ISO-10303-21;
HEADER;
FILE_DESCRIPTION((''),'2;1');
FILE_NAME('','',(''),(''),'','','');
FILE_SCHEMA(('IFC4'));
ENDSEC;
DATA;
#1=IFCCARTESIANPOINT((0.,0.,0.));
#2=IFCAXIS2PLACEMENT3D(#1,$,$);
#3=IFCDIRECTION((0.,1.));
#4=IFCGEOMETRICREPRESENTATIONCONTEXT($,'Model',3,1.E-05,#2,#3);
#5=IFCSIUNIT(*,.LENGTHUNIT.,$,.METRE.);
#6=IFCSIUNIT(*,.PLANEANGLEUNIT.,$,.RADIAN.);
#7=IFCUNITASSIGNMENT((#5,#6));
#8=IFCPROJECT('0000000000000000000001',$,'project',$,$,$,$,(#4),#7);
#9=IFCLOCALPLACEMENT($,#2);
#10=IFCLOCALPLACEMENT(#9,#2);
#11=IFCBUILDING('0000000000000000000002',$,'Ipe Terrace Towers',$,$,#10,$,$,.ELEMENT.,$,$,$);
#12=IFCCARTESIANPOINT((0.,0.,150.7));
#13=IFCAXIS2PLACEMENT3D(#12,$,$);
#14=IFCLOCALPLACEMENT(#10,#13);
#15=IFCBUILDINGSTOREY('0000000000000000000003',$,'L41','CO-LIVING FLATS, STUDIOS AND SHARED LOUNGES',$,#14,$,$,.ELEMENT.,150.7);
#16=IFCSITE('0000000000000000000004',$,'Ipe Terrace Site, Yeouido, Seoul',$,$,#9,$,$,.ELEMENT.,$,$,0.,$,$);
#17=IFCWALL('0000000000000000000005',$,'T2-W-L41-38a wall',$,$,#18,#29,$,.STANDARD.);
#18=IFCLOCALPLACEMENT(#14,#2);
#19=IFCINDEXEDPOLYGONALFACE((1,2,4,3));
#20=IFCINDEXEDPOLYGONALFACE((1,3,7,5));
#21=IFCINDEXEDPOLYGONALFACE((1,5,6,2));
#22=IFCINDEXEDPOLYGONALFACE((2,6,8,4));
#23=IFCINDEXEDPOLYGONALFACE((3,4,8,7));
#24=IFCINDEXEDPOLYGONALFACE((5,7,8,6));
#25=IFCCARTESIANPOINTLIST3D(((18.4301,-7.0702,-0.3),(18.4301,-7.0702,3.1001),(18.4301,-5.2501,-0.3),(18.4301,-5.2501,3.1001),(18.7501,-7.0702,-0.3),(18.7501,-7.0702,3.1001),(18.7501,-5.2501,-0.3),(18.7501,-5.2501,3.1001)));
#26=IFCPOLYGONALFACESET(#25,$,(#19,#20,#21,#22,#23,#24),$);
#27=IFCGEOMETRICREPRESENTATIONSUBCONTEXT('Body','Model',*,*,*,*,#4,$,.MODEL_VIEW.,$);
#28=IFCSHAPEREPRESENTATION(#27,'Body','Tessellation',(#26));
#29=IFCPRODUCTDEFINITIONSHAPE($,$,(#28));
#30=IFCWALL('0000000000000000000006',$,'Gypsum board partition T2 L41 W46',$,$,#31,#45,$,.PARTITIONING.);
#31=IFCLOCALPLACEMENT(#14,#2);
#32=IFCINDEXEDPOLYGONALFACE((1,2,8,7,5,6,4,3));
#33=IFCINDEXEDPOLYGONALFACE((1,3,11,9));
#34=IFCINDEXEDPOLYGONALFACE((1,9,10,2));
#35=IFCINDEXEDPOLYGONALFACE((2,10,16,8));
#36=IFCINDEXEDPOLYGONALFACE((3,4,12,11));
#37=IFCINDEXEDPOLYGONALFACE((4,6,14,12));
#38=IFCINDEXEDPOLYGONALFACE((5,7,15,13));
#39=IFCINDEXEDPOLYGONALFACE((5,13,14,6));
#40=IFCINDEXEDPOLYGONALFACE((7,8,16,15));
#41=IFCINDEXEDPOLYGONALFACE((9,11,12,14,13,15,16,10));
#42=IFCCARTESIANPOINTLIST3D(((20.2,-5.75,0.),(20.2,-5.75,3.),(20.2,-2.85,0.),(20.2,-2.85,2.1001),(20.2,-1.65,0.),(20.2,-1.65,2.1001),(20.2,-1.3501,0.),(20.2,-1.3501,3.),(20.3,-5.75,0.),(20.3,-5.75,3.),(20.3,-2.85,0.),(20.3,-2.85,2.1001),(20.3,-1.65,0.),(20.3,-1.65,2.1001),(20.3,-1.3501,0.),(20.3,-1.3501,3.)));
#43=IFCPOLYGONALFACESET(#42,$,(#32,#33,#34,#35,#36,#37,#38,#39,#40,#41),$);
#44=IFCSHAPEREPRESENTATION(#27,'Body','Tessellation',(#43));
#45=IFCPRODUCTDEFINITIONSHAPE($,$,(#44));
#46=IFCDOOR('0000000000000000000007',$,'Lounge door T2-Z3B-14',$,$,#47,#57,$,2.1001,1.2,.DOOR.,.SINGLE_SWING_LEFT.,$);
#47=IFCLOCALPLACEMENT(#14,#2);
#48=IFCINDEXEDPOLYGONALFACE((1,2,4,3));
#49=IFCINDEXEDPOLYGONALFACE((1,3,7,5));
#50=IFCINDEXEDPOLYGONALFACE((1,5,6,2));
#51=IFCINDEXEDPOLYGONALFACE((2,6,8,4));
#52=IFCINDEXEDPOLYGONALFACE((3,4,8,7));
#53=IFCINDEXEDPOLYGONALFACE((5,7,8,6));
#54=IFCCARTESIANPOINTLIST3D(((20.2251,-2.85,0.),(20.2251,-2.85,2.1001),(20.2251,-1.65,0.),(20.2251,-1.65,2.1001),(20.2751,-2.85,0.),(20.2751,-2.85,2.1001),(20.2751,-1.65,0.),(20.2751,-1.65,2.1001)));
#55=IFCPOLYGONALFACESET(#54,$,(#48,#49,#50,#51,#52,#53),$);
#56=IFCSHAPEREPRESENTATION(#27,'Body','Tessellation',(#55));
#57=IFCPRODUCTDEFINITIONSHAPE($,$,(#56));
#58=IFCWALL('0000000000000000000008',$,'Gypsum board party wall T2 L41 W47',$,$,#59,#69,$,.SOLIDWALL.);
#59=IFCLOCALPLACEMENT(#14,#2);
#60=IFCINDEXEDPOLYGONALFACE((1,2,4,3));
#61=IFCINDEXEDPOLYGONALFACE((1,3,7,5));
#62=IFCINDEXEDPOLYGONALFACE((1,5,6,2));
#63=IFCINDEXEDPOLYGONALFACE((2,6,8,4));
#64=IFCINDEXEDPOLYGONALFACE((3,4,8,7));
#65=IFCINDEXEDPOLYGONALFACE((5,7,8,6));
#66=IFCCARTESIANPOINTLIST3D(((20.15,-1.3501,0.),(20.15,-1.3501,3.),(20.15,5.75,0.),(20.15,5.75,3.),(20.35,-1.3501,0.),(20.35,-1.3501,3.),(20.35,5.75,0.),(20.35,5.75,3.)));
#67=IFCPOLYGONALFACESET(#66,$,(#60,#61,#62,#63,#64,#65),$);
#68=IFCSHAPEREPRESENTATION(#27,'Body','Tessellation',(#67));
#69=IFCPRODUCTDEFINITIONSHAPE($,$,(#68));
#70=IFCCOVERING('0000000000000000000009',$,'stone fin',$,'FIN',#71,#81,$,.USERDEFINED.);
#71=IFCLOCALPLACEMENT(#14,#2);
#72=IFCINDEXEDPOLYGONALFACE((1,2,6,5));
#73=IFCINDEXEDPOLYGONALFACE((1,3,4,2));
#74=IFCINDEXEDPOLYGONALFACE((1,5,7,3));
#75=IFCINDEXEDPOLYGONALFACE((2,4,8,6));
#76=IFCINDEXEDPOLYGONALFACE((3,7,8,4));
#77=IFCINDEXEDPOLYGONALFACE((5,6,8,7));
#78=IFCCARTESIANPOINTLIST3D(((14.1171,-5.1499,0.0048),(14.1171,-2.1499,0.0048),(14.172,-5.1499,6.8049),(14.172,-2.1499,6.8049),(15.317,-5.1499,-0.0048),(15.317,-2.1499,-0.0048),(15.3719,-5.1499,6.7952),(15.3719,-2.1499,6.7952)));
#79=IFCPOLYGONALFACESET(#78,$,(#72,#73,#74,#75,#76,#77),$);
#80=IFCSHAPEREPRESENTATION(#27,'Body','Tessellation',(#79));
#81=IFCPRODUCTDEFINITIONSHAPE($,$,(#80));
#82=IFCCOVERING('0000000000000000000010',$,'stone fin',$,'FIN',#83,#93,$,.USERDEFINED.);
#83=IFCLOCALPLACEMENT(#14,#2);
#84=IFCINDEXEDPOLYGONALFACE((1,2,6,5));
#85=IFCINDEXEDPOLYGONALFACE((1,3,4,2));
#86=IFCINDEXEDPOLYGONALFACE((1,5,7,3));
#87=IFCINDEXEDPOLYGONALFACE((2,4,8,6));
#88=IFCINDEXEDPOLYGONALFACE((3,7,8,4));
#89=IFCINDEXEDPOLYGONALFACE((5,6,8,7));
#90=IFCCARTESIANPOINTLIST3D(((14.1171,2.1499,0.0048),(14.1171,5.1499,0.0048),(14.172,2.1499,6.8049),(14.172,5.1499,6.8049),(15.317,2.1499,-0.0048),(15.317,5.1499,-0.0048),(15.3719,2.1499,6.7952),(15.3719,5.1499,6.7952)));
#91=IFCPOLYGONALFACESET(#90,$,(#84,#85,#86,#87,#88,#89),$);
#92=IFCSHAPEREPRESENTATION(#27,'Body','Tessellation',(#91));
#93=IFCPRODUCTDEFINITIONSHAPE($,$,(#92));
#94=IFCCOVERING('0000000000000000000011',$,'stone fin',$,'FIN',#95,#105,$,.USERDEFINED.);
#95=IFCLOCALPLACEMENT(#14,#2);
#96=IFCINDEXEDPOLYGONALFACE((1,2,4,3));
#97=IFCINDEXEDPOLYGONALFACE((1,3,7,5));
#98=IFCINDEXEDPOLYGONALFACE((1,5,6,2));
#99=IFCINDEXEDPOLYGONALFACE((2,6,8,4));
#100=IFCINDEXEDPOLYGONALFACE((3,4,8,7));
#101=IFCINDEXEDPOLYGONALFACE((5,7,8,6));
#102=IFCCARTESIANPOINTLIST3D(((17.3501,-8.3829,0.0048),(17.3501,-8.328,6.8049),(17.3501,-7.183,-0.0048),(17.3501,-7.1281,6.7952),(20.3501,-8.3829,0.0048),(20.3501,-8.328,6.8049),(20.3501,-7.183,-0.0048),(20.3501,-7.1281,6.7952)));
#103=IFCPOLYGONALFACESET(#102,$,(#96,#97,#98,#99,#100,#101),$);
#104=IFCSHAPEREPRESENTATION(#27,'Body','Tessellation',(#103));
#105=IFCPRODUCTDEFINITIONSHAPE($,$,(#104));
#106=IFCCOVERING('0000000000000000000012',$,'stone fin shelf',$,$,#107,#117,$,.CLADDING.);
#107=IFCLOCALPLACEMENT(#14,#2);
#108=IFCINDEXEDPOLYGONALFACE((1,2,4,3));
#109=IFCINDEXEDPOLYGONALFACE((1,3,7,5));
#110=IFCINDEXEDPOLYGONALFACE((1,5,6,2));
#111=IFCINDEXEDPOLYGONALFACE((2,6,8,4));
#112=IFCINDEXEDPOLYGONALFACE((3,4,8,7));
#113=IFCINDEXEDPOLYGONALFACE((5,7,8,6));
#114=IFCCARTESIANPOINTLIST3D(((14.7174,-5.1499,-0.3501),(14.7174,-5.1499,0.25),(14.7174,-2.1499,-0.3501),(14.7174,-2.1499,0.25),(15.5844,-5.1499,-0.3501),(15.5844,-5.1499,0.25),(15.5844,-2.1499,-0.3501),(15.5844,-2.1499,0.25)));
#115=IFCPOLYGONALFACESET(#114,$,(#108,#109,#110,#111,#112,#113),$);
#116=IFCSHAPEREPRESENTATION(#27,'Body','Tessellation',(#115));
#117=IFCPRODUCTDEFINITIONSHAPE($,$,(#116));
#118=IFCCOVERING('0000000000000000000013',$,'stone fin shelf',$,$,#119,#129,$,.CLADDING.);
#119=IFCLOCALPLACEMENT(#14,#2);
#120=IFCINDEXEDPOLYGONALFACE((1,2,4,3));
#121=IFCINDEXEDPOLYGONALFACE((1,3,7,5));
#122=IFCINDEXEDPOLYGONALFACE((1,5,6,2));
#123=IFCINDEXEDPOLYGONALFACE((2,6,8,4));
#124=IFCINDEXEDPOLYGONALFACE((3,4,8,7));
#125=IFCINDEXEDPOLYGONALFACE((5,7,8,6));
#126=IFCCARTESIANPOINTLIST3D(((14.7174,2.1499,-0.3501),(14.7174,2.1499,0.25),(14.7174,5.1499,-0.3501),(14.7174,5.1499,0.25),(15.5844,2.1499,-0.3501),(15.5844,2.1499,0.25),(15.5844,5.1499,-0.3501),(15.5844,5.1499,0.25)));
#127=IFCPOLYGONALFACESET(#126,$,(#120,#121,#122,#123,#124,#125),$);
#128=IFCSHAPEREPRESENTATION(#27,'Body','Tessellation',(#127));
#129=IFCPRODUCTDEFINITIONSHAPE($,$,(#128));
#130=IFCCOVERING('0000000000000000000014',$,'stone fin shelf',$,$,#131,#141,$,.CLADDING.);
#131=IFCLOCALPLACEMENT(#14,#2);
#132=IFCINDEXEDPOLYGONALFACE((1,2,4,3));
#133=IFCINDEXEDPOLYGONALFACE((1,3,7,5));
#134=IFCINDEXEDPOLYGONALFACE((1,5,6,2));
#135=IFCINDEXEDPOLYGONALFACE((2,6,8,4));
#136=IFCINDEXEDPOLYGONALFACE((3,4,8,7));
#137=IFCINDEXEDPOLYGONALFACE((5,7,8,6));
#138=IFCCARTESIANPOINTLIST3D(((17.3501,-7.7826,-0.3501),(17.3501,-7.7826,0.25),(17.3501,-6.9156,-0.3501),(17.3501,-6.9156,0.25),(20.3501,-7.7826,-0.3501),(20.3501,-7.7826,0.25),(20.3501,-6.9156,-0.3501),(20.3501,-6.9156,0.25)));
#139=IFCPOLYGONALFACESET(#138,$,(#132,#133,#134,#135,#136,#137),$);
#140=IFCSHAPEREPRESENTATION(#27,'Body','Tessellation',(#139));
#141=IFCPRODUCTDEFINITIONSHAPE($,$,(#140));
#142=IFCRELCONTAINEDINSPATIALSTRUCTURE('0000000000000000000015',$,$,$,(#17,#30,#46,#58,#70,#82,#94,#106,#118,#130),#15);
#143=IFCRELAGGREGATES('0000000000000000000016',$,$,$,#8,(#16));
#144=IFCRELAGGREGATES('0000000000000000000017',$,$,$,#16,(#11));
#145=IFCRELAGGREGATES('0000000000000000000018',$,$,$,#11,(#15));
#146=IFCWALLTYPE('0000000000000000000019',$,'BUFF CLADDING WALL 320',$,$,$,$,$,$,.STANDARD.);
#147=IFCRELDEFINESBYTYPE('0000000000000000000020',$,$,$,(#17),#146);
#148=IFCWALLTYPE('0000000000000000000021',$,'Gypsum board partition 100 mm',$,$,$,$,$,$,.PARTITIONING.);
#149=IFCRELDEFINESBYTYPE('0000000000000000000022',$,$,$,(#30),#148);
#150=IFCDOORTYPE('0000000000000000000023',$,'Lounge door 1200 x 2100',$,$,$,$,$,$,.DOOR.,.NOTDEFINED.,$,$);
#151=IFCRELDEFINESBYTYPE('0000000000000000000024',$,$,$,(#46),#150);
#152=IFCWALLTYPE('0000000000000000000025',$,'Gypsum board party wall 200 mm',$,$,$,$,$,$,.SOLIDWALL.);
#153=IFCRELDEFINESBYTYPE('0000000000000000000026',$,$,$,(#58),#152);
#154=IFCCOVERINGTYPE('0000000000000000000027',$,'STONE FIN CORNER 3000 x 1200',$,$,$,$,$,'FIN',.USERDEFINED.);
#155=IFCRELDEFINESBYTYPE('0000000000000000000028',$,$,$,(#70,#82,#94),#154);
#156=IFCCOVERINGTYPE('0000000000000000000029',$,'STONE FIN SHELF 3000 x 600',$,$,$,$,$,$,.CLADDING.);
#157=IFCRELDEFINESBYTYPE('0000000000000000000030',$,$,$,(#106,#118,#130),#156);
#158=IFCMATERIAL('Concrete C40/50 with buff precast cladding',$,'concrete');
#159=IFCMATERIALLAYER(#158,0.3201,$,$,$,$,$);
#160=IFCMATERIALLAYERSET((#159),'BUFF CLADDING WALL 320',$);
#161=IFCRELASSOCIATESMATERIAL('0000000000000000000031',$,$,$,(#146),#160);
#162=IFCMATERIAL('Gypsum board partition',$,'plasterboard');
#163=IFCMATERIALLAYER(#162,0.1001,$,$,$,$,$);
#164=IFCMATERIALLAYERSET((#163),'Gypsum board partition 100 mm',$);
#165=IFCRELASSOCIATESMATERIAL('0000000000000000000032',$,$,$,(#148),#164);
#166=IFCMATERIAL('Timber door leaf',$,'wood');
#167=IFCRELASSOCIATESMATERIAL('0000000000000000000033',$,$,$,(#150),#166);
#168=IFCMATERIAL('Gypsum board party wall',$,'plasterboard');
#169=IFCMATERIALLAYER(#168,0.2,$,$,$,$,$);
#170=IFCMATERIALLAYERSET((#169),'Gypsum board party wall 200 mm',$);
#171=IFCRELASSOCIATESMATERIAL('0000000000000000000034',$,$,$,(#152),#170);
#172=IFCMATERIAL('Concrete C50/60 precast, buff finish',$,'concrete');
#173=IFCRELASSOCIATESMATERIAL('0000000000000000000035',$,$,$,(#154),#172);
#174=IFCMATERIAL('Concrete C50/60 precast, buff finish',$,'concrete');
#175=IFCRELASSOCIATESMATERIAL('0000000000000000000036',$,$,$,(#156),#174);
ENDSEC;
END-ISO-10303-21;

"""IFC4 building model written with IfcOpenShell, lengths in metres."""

from ifc_helpers import new_model, si_unit, direction, frame, frame_2d, origin, origin_2d, place, context, subcontext, project, spatial, rectangle, extrude, material, layer, layer_set, material_profile, profile_set, type_object, element, fill, save


model = new_model("IFC4")

# Units and contexts
model_context = context("Model", 3, precision=1e-05, world=origin(), true_north=direction((0.0, 1.0)))
body_context = subcontext(model_context, "Body", "Model", "MODEL_VIEW")
ifc_project = project(units=[si_unit("LENGTHUNIT", "METRE"), si_unit("PLANEANGLEUNIT", "RADIAN")], contexts=[model_context])

# Site, building, storey
site_placement = place(None, origin())
site = spatial("IfcSite", under=ifc_project, at=site_placement, Name="Ipe Terrace Site, Yeouido, Seoul", CompositionType="ELEMENT", RefElevation=0.0)
building_placement = place(site_placement, origin())
building = spatial("IfcBuilding", under=site, at=building_placement, Name="Ipe Terrace Towers", CompositionType="ELEMENT")
storey_placement = place(building_placement, frame((0.0, 0.0, 150.7)))
storey = spatial("IfcBuildingStorey", under=building, at=storey_placement, Name="L41", Description="CO-LIVING FLATS, STUDIOS AND SHARED LOUNGES", CompositionType="ELEMENT", Elevation=150.7)

# Wall
ifc_material_1 = material(Name="Concrete C40/50 with buff precast cladding", Category="concrete")
ifc_layer_1 = layer(ifc_material_1, 0.3201)
ifc_layer_set_1 = layer_set([ifc_layer_1], Name="BUFF CLADDING WALL 320")
wall_type_1 = type_object("IfcWallType", Name="BUFF CLADDING WALL 320", PredefinedType="STANDARD", material=ifc_layer_set_1)
wall_1_placement = place(storey_placement, frame((18.5901, -5.25, -0.3), z_axis=(0.0, 0.0, 1.0), x_axis=(0.0, -1.0, 0.0)))
element("IfcWall", 1, at=wall_1_placement, inside=storey, type_object=wall_type_1, Name="T2-W-L41-38a wall", PredefinedType="STANDARD", context=body_context, shape_type="SweptSolid", body=[
    extrude(rectangle(XDim=1.8201, YDim=0.3201, at=frame_2d((0.9102, 0.0))), origin(), (0.0, 0.0, 1.0), 3.4001),
])

# Wall, opening, door
ifc_material_2 = material(Name="Gypsum board partition", Category="plasterboard")
ifc_layer_2 = layer(ifc_material_2, 0.1001)
ifc_layer_set_2 = layer_set([ifc_layer_2], Name="Gypsum board partition 100 mm")
wall_type_2 = type_object("IfcWallType", Name="Gypsum board partition 100 mm", PredefinedType="PARTITIONING", material=ifc_layer_set_2)
wall_2_placement = place(storey_placement, frame((20.25, -5.75, 0.0), z_axis=(0.0, 0.0, 1.0), x_axis=(0.0, 1.0, 0.0)))
wall_2 = element("IfcWall", 2, at=wall_2_placement, inside=storey, type_object=wall_type_2, Name="Gypsum board partition T2 L41 W46", PredefinedType="PARTITIONING", context=body_context, shape_type="SweptSolid", body=[
    extrude(rectangle(XDim=4.3999, YDim=0.1001, at=frame_2d((2.2, 0.0))), origin(), (0.0, 0.0, 1.0), 3.0),
])
opening_placement = place(wall_2_placement, frame((2.8999, 0.0, 0.0)))
opening = element("IfcOpeningElement", 3, at=opening_placement, cuts=wall_2, PredefinedType="OPENING", context=body_context, shape_type="SweptSolid", body=[
    extrude(rectangle(XDim=1.2, YDim=2.1001, at=frame_2d((0.6001, 1.05))), frame((0.0, 0.0601, 0.0), z_axis=(0.0, -1.0, 0.0), x_axis=(1.0, 0.0, 0.0)), (0.0, 0.0, 1.0), 0.1201),
])
ifc_material_3 = material(Name="Timber door leaf", Category="wood")
door_type = type_object("IfcDoorType", Name="Lounge door 1200 x 2100", OperationType="NOTDEFINED", PredefinedType="DOOR", material=ifc_material_3)
door_placement = place(opening_placement, origin())
door = element("IfcDoor", 4, at=door_placement, inside=storey, type_object=door_type, Name="Lounge door T2-Z3B-14", OperationType="SINGLE_SWING_LEFT", OverallHeight=2.1001, OverallWidth=1.2, PredefinedType="DOOR", context=body_context, shape_type="SweptSolid", body=[
    extrude(rectangle(XDim=1.2, YDim=2.1001, at=frame_2d((0.6001, 1.05))), frame((0.0, 0.0249, 0.0), z_axis=(0.0, -1.0, 0.0), x_axis=(1.0, 0.0, 0.0)), (0.0, 0.0, 1.0), 0.05),
])
fill(opening, door)

# Wall
ifc_material_4 = material(Name="Gypsum board party wall", Category="plasterboard")
ifc_layer_3 = layer(ifc_material_4, 0.2)
ifc_layer_set_3 = layer_set([ifc_layer_3], Name="Gypsum board party wall 200 mm")
wall_type_3 = type_object("IfcWallType", Name="Gypsum board party wall 200 mm", PredefinedType="SOLIDWALL", material=ifc_layer_set_3)
wall_3_placement = place(storey_placement, frame((20.25, -1.3501, 0.0), z_axis=(0.0, 0.0, 1.0), x_axis=(0.0, 1.0, 0.0)))
element("IfcWall", 5, at=wall_3_placement, inside=storey, type_object=wall_type_3, Name="Gypsum board party wall T2 L41 W47", PredefinedType="SOLIDWALL", context=body_context, shape_type="SweptSolid", body=[
    extrude(rectangle(XDim=7.1001, YDim=0.2, at=frame_2d((3.55, 0.0))), origin(), (0.0, 0.0, 1.0), 3.0),
])

# Coverings
ifc_material_5 = material(Name="Concrete C50/60 precast, buff finish", Category="concrete")
ifc_material_profile_1 = material_profile(ifc_material_5, rectangle(XDim=3.0, YDim=1.2, at=origin_2d()), Name="STONE FIN CORNER 3000 x 1200")
ifc_profile_set_1 = profile_set([ifc_material_profile_1], Name="Concrete C50/60 precast, buff finish")
covering_type_1 = type_object("IfcCoveringType", Name="STONE FIN CORNER 3000 x 1200", ElementType="FIN", PredefinedType="USERDEFINED", material=ifc_profile_set_1)
for number, where, z_axis, x_axis, name in (
    (6, (14.717, -3.6499, 0.0), (0.008078, 0.0, 0.999967), (0.0, -1.0, 0.0), "stone fin"),
    (7, (14.717, 3.6499, 0.0), (0.008078, 0.0, 0.999967), (0.0, -1.0, 0.0), "stone fin"),
    (8, (18.8501, -7.783, 0.0), (0.0, 0.008078, 0.999967), (1.0, 0.0, 0.0), "stone fin"),
):
    element("IfcCovering", number, at=place(storey_placement, frame(where, z_axis=z_axis, x_axis=x_axis)), inside=storey, type_object=covering_type_1, Name=name, ObjectType="FIN", PredefinedType="USERDEFINED", context=body_context, shape_type="SweptSolid", body=[
        extrude(rectangle(XDim=3.0, YDim=1.2, at=origin_2d()), origin(), (0.0, 0.0, 1.0), 6.8003),
    ])
ifc_material_6 = material(Name="Concrete C50/60 precast, buff finish", Category="concrete")
covering_type_2 = type_object("IfcCoveringType", Name="STONE FIN SHELF 3000 x 600", PredefinedType="CLADDING", material=ifc_material_6)
for number, where, z_axis, x_axis, name in (
    (9, (15.1509, -3.6499, -0.3501), (0.0, 0.0, 1.0), (0.0, -1.0, 0.0), "stone fin shelf"),
    (10, (15.1509, 3.6499, -0.3501), (0.0, 0.0, 1.0), (0.0, -1.0, 0.0), "stone fin shelf"),
    (11, (18.8501, -7.3491, -0.3501), (0.0, 0.0, 1.0), (1.0, 0.0, 0.0), "stone fin shelf"),
):
    element("IfcCovering", number, at=place(storey_placement, frame(where, z_axis=z_axis, x_axis=x_axis)), inside=storey, type_object=covering_type_2, Name=name, PredefinedType="CLADDING", context=body_context, shape_type="SweptSolid", body=[
        extrude(rectangle(XDim=3.0, YDim=0.8669, at=origin_2d()), origin(), (0.0, 0.0, 1.0), 0.6001),
    ])

save(model, "model.ifc")
